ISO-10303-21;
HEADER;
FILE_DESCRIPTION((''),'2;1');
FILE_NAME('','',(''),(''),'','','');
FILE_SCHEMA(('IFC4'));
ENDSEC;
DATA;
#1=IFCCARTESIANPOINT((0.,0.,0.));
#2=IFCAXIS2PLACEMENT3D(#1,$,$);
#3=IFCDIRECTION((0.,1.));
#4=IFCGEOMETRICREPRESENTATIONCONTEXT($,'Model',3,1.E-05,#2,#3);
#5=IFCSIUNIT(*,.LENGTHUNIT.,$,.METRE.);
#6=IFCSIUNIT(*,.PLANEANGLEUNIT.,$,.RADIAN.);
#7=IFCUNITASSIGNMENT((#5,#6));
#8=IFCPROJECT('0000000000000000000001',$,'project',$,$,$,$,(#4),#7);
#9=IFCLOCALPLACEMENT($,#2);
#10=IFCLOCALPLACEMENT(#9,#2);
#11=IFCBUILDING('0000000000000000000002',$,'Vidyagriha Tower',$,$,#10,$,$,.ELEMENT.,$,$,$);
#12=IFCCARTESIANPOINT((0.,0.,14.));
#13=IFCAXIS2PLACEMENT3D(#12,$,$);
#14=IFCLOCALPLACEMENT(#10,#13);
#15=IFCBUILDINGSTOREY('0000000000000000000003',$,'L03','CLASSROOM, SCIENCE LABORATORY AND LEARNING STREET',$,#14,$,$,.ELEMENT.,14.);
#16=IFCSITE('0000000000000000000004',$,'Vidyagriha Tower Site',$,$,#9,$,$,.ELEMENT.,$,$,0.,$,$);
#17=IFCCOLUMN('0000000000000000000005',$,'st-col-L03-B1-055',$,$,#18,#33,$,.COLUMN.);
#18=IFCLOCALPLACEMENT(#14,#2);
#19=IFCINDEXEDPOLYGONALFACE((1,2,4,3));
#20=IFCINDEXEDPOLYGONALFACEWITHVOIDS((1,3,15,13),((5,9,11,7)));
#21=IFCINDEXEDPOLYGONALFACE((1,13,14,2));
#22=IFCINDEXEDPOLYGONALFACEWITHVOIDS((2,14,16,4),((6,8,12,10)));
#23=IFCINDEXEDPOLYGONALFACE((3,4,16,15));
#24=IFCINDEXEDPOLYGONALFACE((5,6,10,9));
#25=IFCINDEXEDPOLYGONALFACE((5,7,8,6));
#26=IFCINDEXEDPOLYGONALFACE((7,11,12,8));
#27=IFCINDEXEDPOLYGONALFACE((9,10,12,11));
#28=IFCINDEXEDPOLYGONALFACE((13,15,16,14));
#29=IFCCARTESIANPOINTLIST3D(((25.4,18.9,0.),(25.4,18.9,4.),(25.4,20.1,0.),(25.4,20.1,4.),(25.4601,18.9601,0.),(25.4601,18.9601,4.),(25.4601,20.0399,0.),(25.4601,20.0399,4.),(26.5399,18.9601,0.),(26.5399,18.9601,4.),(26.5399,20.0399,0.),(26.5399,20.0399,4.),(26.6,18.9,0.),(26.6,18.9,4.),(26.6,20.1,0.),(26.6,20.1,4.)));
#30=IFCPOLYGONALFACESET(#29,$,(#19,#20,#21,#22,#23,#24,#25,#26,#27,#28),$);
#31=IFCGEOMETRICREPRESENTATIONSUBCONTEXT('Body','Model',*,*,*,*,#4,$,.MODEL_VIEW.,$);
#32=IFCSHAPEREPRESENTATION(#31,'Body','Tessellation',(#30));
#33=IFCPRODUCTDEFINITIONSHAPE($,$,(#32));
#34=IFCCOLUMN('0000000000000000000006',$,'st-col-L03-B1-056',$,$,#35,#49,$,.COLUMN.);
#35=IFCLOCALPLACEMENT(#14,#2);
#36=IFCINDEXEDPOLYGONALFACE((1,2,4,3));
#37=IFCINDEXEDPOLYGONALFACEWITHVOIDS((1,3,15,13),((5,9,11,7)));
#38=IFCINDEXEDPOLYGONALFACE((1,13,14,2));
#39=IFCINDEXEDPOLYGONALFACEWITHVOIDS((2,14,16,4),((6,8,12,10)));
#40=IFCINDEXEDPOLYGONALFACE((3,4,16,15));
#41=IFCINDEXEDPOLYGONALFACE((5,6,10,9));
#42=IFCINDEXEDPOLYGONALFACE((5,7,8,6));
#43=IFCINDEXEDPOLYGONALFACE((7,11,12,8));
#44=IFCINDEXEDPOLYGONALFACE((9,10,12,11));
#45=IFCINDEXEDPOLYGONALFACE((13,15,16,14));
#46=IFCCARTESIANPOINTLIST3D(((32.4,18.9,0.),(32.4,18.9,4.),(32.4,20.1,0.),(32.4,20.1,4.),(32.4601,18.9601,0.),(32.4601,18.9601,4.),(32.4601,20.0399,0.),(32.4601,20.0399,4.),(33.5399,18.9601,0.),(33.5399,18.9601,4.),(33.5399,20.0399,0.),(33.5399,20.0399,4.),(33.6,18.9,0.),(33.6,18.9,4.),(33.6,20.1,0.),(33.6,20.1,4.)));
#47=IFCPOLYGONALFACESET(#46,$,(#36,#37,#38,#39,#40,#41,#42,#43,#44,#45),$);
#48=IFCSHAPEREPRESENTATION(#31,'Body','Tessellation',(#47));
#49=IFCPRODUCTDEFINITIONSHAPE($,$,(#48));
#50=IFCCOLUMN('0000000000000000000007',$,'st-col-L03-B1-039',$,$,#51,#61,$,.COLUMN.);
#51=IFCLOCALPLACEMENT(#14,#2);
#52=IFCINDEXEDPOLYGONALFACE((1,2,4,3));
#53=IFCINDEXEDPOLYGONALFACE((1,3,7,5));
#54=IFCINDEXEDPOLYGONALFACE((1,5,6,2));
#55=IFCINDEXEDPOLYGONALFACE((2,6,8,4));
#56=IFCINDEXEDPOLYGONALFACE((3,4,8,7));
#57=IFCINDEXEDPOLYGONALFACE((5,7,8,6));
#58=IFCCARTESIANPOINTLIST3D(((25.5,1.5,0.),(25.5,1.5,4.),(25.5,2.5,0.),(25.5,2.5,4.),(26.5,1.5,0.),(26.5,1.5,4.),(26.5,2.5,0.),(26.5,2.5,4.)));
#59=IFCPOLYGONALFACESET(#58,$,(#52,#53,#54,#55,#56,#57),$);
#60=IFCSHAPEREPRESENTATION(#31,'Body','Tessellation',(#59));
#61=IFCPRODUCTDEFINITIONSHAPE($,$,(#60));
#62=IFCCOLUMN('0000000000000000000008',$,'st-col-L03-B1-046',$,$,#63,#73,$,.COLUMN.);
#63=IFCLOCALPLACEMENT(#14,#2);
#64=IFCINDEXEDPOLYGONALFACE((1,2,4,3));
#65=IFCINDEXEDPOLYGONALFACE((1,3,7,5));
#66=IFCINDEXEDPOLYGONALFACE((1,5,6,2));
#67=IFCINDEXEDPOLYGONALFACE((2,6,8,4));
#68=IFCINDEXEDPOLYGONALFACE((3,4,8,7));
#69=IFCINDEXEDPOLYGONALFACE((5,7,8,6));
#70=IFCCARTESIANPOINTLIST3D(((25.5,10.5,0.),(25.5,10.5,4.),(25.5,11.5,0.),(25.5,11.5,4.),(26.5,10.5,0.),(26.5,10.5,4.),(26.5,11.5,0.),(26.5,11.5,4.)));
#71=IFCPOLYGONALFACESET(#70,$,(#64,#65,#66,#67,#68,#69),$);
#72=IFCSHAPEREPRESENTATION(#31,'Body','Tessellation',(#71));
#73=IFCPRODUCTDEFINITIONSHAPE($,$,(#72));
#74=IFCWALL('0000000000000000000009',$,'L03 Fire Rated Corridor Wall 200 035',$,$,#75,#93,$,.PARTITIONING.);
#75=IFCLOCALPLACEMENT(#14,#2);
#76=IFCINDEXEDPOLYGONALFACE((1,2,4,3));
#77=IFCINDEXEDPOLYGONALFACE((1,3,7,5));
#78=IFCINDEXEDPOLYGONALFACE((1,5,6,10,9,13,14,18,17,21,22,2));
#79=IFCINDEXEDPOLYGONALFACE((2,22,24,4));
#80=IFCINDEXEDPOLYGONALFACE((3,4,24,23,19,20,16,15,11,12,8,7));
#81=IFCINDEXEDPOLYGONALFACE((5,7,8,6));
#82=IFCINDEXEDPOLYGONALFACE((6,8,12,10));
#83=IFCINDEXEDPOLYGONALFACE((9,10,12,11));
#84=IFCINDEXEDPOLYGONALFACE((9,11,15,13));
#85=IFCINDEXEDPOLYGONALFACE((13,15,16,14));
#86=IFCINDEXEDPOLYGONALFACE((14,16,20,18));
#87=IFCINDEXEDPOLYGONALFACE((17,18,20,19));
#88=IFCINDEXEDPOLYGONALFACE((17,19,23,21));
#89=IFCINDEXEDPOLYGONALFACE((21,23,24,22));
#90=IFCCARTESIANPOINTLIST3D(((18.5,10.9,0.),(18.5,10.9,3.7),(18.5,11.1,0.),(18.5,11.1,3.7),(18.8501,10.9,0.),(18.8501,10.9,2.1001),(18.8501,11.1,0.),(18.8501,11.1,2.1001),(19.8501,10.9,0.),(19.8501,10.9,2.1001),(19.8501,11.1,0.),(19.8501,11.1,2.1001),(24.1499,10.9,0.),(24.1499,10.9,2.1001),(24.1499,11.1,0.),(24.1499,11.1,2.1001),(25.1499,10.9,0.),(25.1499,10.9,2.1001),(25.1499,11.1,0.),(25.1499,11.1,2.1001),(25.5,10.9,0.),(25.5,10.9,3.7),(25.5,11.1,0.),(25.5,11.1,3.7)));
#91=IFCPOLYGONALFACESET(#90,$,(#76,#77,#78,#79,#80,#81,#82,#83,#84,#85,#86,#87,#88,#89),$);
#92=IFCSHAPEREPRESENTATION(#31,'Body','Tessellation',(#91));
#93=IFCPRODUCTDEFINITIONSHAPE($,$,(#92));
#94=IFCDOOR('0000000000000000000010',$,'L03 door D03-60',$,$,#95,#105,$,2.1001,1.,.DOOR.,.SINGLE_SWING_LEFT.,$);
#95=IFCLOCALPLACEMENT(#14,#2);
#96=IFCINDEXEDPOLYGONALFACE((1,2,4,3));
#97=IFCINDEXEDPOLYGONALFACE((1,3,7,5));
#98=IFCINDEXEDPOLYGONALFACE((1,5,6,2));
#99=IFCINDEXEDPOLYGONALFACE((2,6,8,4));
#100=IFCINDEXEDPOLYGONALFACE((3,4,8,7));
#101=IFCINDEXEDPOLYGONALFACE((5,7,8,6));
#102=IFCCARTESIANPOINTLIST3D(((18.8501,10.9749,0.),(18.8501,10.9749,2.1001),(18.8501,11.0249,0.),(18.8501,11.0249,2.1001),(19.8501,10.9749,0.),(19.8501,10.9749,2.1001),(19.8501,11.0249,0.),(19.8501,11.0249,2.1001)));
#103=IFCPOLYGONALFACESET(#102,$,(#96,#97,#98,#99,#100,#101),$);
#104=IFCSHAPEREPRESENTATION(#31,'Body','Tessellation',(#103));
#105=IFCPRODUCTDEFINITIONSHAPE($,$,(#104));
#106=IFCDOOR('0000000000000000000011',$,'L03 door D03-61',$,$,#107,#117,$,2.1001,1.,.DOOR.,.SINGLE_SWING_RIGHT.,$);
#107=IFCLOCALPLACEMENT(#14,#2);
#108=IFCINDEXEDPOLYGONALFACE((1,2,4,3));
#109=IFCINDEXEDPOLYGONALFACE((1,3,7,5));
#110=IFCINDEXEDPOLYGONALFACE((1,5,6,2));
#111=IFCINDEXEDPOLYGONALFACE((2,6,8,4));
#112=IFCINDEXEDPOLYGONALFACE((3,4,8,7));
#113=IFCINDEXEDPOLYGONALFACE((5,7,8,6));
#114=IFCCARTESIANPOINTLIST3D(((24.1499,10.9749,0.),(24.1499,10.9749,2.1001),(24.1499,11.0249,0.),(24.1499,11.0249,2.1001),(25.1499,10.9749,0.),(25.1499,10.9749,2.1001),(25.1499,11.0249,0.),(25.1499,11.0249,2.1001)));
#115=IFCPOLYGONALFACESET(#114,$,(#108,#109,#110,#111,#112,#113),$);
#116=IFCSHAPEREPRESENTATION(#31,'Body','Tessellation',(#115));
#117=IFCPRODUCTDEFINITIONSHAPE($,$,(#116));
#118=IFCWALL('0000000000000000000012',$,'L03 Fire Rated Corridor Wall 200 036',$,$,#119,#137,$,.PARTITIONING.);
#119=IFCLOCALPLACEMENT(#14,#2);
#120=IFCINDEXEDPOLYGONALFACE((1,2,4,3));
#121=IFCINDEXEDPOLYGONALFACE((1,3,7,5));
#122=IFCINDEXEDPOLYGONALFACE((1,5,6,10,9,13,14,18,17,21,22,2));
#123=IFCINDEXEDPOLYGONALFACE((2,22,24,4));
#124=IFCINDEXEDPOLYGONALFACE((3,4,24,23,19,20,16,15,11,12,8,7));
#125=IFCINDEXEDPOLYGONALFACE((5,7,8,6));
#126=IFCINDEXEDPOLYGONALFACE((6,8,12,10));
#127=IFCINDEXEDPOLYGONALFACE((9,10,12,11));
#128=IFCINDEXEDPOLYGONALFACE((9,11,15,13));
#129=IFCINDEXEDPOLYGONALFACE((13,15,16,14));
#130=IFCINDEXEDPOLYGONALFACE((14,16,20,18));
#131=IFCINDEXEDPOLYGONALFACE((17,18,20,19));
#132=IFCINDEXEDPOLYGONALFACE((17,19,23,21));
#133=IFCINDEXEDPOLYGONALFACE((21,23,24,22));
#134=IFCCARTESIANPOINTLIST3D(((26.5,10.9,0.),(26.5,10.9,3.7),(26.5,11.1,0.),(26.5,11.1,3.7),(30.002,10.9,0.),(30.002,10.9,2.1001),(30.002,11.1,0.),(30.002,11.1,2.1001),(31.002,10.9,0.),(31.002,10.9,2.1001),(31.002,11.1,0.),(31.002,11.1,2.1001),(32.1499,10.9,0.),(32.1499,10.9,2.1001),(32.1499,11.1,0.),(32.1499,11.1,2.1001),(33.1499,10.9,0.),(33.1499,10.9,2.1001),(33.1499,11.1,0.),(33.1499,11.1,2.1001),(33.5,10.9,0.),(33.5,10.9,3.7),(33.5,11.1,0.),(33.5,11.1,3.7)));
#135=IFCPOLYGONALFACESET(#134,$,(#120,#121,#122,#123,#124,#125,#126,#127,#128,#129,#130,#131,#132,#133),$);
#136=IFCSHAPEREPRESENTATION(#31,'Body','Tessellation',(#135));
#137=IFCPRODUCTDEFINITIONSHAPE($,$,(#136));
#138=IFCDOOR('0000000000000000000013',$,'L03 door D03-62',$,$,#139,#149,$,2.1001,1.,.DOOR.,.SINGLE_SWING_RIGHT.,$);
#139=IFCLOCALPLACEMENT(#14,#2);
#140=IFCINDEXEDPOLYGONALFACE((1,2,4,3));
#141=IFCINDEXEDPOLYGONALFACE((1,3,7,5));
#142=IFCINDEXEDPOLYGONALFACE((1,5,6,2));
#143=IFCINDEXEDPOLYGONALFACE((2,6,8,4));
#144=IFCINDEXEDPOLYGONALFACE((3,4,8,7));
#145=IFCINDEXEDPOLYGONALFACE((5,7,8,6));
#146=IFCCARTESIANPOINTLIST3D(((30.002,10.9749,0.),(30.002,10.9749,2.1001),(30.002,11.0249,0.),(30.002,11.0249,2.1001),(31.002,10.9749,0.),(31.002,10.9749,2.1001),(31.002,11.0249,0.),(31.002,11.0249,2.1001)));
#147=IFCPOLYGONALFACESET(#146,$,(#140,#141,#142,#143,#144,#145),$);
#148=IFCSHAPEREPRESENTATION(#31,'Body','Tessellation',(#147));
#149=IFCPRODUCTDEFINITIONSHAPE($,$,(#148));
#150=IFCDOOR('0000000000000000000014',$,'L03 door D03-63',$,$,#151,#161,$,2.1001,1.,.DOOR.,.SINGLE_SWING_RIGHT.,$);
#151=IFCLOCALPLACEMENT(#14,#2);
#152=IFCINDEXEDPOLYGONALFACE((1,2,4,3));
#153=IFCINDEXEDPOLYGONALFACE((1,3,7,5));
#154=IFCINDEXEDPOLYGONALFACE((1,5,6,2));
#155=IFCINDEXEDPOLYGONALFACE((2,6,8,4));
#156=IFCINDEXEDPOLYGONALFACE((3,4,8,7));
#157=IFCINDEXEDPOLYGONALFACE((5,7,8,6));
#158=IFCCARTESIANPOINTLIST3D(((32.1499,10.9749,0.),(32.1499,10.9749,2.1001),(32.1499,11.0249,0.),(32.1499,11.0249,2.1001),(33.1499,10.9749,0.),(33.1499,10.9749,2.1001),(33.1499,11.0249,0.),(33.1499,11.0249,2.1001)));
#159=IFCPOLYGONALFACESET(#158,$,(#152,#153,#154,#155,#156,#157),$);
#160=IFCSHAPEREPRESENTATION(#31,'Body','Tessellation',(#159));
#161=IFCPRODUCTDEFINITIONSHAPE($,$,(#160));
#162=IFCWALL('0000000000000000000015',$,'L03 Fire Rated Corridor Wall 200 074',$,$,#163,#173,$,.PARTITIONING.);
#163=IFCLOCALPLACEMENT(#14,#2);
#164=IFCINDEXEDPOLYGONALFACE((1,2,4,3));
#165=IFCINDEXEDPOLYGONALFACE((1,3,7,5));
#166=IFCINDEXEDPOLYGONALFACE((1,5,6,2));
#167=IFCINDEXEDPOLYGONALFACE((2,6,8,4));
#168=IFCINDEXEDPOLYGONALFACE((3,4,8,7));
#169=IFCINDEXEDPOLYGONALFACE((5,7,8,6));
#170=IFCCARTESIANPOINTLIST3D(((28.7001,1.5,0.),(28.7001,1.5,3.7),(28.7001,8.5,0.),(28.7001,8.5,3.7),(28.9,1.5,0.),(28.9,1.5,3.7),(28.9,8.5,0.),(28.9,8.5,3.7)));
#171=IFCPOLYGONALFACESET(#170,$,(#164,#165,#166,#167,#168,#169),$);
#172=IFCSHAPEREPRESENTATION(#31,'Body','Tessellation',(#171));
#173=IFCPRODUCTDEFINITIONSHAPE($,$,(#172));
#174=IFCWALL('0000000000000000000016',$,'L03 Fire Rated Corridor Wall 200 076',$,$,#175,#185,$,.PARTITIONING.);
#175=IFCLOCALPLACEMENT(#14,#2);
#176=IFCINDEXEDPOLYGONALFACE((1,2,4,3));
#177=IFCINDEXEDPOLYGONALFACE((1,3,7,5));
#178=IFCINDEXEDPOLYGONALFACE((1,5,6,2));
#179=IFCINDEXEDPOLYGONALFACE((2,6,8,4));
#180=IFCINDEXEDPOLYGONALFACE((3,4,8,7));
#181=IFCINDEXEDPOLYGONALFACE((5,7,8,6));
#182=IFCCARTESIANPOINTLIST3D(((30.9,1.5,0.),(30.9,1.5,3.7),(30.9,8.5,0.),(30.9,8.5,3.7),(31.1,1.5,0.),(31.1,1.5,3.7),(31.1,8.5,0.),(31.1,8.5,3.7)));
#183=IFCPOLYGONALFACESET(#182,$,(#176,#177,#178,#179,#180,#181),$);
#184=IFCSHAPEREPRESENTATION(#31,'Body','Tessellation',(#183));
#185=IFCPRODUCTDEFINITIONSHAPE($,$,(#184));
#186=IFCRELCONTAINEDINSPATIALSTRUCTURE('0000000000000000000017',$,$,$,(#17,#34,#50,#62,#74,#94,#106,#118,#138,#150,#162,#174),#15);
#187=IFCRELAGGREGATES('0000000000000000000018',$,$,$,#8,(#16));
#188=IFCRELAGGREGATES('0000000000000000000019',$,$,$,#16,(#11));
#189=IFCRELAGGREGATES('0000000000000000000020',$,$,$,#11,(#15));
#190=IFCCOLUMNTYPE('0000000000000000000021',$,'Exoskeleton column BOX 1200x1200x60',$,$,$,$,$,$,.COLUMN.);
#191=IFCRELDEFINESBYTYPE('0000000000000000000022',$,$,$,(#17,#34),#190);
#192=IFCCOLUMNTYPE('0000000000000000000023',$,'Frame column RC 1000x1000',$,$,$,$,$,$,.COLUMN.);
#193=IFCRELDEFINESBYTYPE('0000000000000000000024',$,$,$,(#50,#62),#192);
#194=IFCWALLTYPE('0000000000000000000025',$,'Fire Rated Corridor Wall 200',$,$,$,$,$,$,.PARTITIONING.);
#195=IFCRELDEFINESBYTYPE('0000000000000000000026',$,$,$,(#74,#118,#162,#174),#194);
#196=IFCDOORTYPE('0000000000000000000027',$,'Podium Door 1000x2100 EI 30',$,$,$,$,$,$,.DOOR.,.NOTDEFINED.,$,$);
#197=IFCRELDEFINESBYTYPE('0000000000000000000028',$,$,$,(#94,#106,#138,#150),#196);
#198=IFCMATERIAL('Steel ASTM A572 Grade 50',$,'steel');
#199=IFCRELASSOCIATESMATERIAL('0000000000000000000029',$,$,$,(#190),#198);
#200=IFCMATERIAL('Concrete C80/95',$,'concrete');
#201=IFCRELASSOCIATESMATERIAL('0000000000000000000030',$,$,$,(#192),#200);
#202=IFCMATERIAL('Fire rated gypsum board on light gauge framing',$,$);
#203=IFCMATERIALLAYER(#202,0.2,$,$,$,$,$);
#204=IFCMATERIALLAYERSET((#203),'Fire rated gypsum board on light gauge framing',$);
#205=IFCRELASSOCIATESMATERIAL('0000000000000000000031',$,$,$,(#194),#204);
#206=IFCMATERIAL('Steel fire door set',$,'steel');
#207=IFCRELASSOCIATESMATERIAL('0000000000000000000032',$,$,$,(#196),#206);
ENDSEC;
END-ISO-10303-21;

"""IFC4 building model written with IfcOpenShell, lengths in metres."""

from ifc_helpers import new_model, si_unit, direction, frame, frame_2d, origin, origin_2d, place, context, subcontext, project, spatial, rectangle, hollow_rectangle, extrude, material, layer, layer_set, material_profile, profile_set, type_object, element, fill, save


model = new_model("IFC4")

# Units and contexts
model_context = context("Model", 3, precision=1e-05, world=origin(), true_north=direction((0.0, 1.0)))
body_context = subcontext(model_context, "Body", "Model", "MODEL_VIEW")
ifc_project = project(units=[si_unit("LENGTHUNIT", "METRE"), si_unit("PLANEANGLEUNIT", "RADIAN")], contexts=[model_context])

# Site, building, storey
site_placement = place(None, origin())
site = spatial("IfcSite", under=ifc_project, at=site_placement, Name="Vidyagriha Tower Site", CompositionType="ELEMENT", RefElevation=0.0)
building_placement = place(site_placement, origin())
building = spatial("IfcBuilding", under=site, at=building_placement, Name="Vidyagriha Tower", CompositionType="ELEMENT")
storey_placement = place(building_placement, frame((0.0, 0.0, 14.0)))
storey = spatial("IfcBuildingStorey", under=building, at=storey_placement, Name="L03", Description="CLASSROOM, SCIENCE LABORATORY AND LEARNING STREET", CompositionType="ELEMENT", Elevation=14.0)

# Columns
ifc_material_1 = material(Name="Steel ASTM A572 Grade 50", Category="steel")
ifc_material_profile_1 = material_profile(ifc_material_1, hollow_rectangle(XDim=1.2, YDim=1.2, WallThickness=0.0601, at=origin_2d()), Name="BOX 1200x1200x60")
ifc_profile_set_1 = profile_set([ifc_material_profile_1], Name="Steel ASTM A572 Grade 50")
column_type_1 = type_object("IfcColumnType", Name="Exoskeleton column BOX 1200x1200x60", PredefinedType="COLUMN", material=ifc_profile_set_1)
for number, where, name in (
    (1, (26.0, 19.5, 0.0), "st-col-L03-B1-055"),
    (2, (33.0, 19.5, 0.0), "st-col-L03-B1-056"),
):
    element("IfcColumn", number, at=place(storey_placement, frame(where)), inside=storey, type_object=column_type_1, Name=name, PredefinedType="COLUMN", context=body_context, shape_type="SweptSolid", body=[
        extrude(hollow_rectangle(XDim=1.2, YDim=1.2, WallThickness=0.0601, at=origin_2d()), origin(), (0.0, 0.0, 1.0), 4.0),
    ])
ifc_material_2 = material(Name="Concrete C80/95", Category="concrete")
ifc_material_profile_2 = material_profile(ifc_material_2, rectangle(XDim=1.0, YDim=1.0, at=origin_2d()), Name="RC 1000x1000")
ifc_profile_set_2 = profile_set([ifc_material_profile_2], Name="Concrete C80/95")
column_type_2 = type_object("IfcColumnType", Name="Frame column RC 1000x1000", PredefinedType="COLUMN", material=ifc_profile_set_2)
for number, where, name in (
    (3, (26.0, 2.0, 0.0), "st-col-L03-B1-039"),
    (4, (26.0, 11.0, 0.0), "st-col-L03-B1-046"),
):
    element("IfcColumn", number, at=place(storey_placement, frame(where)), inside=storey, type_object=column_type_2, Name=name, PredefinedType="COLUMN", context=body_context, shape_type="SweptSolid", body=[
        extrude(rectangle(XDim=1.0, YDim=1.0, at=origin_2d()), origin(), (0.0, 0.0, 1.0), 4.0),
    ])

# Walls, openings, doors
ifc_material_3 = material(Name="Fire rated gypsum board on light gauge framing")
ifc_layer_1 = layer(ifc_material_3, 0.2)
ifc_layer_set_1 = layer_set([ifc_layer_1], Name="Fire rated gypsum board on light gauge framing")
wall_type_1 = type_object("IfcWallType", Name="Fire Rated Corridor Wall 200", PredefinedType="PARTITIONING", material=ifc_layer_set_1)
wall_1_placement = place(storey_placement, frame((18.5, 11.0, 0.0)))
wall_1 = element("IfcWall", 5, at=wall_1_placement, inside=storey, type_object=wall_type_1, Name="L03 Fire Rated Corridor Wall 200 035", PredefinedType="PARTITIONING", context=body_context, shape_type="SweptSolid", body=[
    extrude(rectangle(XDim=7.0, YDim=0.2, at=frame_2d((3.5, 0.0))), origin(), (0.0, 0.0, 1.0), 3.7),
])
opening_1_placement = place(wall_1_placement, frame((0.3501, 0.0, 0.0)))
opening_1 = element("IfcOpeningElement", 6, at=opening_1_placement, cuts=wall_1, PredefinedType="OPENING", context=body_context, shape_type="SweptSolid", body=[
    extrude(rectangle(XDim=1.0, YDim=2.1001, at=frame_2d((0.5, 1.05))), frame((0.0, 0.1099, 0.0), z_axis=(0.0, -1.0, 0.0), x_axis=(1.0, 0.0, 0.0)), (0.0, 0.0, 1.0), 0.22),
])
opening_2_placement = place(wall_1_placement, frame((5.6499, 0.0, 0.0)))
opening_2 = element("IfcOpeningElement", 7, at=opening_2_placement, cuts=wall_1, PredefinedType="OPENING", context=body_context, shape_type="SweptSolid", body=[
    extrude(rectangle(XDim=1.0, YDim=2.1001, at=frame_2d((0.5, 1.05))), frame((0.0, 0.1099, 0.0), z_axis=(0.0, -1.0, 0.0), x_axis=(1.0, 0.0, 0.0)), (0.0, 0.0, 1.0), 0.22),
])
ifc_material_4 = material(Name="Steel fire door set", Category="steel")
door_type = type_object("IfcDoorType", Name="Podium Door 1000x2100 EI 30", OperationType="NOTDEFINED", PredefinedType="DOOR", material=ifc_material_4)
door_1_placement = place(opening_1_placement, origin())
door_1 = element("IfcDoor", 8, at=door_1_placement, inside=storey, type_object=door_type, Name="L03 door D03-60", OperationType="SINGLE_SWING_LEFT", OverallHeight=2.1001, OverallWidth=1.0, PredefinedType="DOOR", context=body_context, shape_type="SweptSolid", body=[
    extrude(rectangle(XDim=1.0, YDim=2.1001, at=frame_2d((0.5, 1.05))), frame((0.0, 0.0249, 0.0), z_axis=(0.0, -1.0, 0.0), x_axis=(1.0, 0.0, 0.0)), (0.0, 0.0, 1.0), 0.05),
])
fill(opening_1, door_1)
door_2_placement = place(opening_2_placement, origin())
door_2 = element("IfcDoor", 9, at=door_2_placement, inside=storey, type_object=door_type, Name="L03 door D03-61", OperationType="SINGLE_SWING_RIGHT", OverallHeight=2.1001, OverallWidth=1.0, PredefinedType="DOOR", context=body_context, shape_type="SweptSolid", body=[
    extrude(rectangle(XDim=1.0, YDim=2.1001, at=frame_2d((0.5, 1.05))), frame((0.0, 0.0249, 0.0), z_axis=(0.0, -1.0, 0.0), x_axis=(1.0, 0.0, 0.0)), (0.0, 0.0, 1.0), 0.05),
])
fill(opening_2, door_2)
wall_2_placement = place(storey_placement, frame((26.5, 11.0, 0.0)))
wall_2 = element("IfcWall", 10, at=wall_2_placement, inside=storey, type_object=wall_type_1, Name="L03 Fire Rated Corridor Wall 200 036", PredefinedType="PARTITIONING", context=body_context, shape_type="SweptSolid", body=[
    extrude(rectangle(XDim=7.0, YDim=0.2, at=frame_2d((3.5, 0.0))), origin(), (0.0, 0.0, 1.0), 3.7),
])
opening_3_placement = place(wall_2_placement, frame((3.502, 0.0, 0.0)))
opening_3 = element("IfcOpeningElement", 11, at=opening_3_placement, cuts=wall_2, PredefinedType="OPENING", context=body_context, shape_type="SweptSolid", body=[
    extrude(rectangle(XDim=1.0, YDim=2.1001, at=frame_2d((0.5, 1.05))), frame((0.0, 0.1099, 0.0), z_axis=(0.0, -1.0, 0.0), x_axis=(1.0, 0.0, 0.0)), (0.0, 0.0, 1.0), 0.22),
])
opening_4_placement = place(wall_2_placement, frame((5.6499, 0.0, 0.0)))
opening_4 = element("IfcOpeningElement", 12, at=opening_4_placement, cuts=wall_2, PredefinedType="OPENING", context=body_context, shape_type="SweptSolid", body=[
    extrude(rectangle(XDim=1.0, YDim=2.1001, at=frame_2d((0.5, 1.05))), frame((0.0, 0.1099, 0.0), z_axis=(0.0, -1.0, 0.0), x_axis=(1.0, 0.0, 0.0)), (0.0, 0.0, 1.0), 0.22),
])
door_3_placement = place(opening_3_placement, origin())
door_3 = element("IfcDoor", 13, at=door_3_placement, inside=storey, type_object=door_type, Name="L03 door D03-62", OperationType="SINGLE_SWING_RIGHT", OverallHeight=2.1001, OverallWidth=1.0, PredefinedType="DOOR", context=body_context, shape_type="SweptSolid", body=[
    extrude(rectangle(XDim=1.0, YDim=2.1001, at=frame_2d((0.5, 1.05))), frame((0.0, 0.0249, 0.0), z_axis=(0.0, -1.0, 0.0), x_axis=(1.0, 0.0, 0.0)), (0.0, 0.0, 1.0), 0.05),
])
fill(opening_3, door_3)
door_4_placement = place(opening_4_placement, origin())
door_4 = element("IfcDoor", 14, at=door_4_placement, inside=storey, type_object=door_type, Name="L03 door D03-63", OperationType="SINGLE_SWING_RIGHT", OverallHeight=2.1001, OverallWidth=1.0, PredefinedType="DOOR", context=body_context, shape_type="SweptSolid", body=[
    extrude(rectangle(XDim=1.0, YDim=2.1001, at=frame_2d((0.5, 1.05))), frame((0.0, 0.0249, 0.0), z_axis=(0.0, -1.0, 0.0), x_axis=(1.0, 0.0, 0.0)), (0.0, 0.0, 1.0), 0.05),
])
fill(opening_4, door_4)

# Walls
for number, where, z_axis, x_axis, name in (
    (15, (28.8, 1.5, 0.0), (0.0, 0.0, 1.0), (0.0, 1.0, 0.0), "L03 Fire Rated Corridor Wall 200 074"),
    (16, (31.0, 1.5, 0.0), (0.0, 0.0, 1.0), (0.0, 1.0, 0.0), "L03 Fire Rated Corridor Wall 200 076"),
):
    element("IfcWall", number, at=place(storey_placement, frame(where, z_axis=z_axis, x_axis=x_axis)), inside=storey, type_object=wall_type_1, Name=name, PredefinedType="PARTITIONING", context=body_context, shape_type="SweptSolid", body=[
        extrude(rectangle(XDim=7.0, YDim=0.2, at=frame_2d((3.5, 0.0))), origin(), (0.0, 0.0, 1.0), 3.7),
    ])

save(model, "model.ifc")
